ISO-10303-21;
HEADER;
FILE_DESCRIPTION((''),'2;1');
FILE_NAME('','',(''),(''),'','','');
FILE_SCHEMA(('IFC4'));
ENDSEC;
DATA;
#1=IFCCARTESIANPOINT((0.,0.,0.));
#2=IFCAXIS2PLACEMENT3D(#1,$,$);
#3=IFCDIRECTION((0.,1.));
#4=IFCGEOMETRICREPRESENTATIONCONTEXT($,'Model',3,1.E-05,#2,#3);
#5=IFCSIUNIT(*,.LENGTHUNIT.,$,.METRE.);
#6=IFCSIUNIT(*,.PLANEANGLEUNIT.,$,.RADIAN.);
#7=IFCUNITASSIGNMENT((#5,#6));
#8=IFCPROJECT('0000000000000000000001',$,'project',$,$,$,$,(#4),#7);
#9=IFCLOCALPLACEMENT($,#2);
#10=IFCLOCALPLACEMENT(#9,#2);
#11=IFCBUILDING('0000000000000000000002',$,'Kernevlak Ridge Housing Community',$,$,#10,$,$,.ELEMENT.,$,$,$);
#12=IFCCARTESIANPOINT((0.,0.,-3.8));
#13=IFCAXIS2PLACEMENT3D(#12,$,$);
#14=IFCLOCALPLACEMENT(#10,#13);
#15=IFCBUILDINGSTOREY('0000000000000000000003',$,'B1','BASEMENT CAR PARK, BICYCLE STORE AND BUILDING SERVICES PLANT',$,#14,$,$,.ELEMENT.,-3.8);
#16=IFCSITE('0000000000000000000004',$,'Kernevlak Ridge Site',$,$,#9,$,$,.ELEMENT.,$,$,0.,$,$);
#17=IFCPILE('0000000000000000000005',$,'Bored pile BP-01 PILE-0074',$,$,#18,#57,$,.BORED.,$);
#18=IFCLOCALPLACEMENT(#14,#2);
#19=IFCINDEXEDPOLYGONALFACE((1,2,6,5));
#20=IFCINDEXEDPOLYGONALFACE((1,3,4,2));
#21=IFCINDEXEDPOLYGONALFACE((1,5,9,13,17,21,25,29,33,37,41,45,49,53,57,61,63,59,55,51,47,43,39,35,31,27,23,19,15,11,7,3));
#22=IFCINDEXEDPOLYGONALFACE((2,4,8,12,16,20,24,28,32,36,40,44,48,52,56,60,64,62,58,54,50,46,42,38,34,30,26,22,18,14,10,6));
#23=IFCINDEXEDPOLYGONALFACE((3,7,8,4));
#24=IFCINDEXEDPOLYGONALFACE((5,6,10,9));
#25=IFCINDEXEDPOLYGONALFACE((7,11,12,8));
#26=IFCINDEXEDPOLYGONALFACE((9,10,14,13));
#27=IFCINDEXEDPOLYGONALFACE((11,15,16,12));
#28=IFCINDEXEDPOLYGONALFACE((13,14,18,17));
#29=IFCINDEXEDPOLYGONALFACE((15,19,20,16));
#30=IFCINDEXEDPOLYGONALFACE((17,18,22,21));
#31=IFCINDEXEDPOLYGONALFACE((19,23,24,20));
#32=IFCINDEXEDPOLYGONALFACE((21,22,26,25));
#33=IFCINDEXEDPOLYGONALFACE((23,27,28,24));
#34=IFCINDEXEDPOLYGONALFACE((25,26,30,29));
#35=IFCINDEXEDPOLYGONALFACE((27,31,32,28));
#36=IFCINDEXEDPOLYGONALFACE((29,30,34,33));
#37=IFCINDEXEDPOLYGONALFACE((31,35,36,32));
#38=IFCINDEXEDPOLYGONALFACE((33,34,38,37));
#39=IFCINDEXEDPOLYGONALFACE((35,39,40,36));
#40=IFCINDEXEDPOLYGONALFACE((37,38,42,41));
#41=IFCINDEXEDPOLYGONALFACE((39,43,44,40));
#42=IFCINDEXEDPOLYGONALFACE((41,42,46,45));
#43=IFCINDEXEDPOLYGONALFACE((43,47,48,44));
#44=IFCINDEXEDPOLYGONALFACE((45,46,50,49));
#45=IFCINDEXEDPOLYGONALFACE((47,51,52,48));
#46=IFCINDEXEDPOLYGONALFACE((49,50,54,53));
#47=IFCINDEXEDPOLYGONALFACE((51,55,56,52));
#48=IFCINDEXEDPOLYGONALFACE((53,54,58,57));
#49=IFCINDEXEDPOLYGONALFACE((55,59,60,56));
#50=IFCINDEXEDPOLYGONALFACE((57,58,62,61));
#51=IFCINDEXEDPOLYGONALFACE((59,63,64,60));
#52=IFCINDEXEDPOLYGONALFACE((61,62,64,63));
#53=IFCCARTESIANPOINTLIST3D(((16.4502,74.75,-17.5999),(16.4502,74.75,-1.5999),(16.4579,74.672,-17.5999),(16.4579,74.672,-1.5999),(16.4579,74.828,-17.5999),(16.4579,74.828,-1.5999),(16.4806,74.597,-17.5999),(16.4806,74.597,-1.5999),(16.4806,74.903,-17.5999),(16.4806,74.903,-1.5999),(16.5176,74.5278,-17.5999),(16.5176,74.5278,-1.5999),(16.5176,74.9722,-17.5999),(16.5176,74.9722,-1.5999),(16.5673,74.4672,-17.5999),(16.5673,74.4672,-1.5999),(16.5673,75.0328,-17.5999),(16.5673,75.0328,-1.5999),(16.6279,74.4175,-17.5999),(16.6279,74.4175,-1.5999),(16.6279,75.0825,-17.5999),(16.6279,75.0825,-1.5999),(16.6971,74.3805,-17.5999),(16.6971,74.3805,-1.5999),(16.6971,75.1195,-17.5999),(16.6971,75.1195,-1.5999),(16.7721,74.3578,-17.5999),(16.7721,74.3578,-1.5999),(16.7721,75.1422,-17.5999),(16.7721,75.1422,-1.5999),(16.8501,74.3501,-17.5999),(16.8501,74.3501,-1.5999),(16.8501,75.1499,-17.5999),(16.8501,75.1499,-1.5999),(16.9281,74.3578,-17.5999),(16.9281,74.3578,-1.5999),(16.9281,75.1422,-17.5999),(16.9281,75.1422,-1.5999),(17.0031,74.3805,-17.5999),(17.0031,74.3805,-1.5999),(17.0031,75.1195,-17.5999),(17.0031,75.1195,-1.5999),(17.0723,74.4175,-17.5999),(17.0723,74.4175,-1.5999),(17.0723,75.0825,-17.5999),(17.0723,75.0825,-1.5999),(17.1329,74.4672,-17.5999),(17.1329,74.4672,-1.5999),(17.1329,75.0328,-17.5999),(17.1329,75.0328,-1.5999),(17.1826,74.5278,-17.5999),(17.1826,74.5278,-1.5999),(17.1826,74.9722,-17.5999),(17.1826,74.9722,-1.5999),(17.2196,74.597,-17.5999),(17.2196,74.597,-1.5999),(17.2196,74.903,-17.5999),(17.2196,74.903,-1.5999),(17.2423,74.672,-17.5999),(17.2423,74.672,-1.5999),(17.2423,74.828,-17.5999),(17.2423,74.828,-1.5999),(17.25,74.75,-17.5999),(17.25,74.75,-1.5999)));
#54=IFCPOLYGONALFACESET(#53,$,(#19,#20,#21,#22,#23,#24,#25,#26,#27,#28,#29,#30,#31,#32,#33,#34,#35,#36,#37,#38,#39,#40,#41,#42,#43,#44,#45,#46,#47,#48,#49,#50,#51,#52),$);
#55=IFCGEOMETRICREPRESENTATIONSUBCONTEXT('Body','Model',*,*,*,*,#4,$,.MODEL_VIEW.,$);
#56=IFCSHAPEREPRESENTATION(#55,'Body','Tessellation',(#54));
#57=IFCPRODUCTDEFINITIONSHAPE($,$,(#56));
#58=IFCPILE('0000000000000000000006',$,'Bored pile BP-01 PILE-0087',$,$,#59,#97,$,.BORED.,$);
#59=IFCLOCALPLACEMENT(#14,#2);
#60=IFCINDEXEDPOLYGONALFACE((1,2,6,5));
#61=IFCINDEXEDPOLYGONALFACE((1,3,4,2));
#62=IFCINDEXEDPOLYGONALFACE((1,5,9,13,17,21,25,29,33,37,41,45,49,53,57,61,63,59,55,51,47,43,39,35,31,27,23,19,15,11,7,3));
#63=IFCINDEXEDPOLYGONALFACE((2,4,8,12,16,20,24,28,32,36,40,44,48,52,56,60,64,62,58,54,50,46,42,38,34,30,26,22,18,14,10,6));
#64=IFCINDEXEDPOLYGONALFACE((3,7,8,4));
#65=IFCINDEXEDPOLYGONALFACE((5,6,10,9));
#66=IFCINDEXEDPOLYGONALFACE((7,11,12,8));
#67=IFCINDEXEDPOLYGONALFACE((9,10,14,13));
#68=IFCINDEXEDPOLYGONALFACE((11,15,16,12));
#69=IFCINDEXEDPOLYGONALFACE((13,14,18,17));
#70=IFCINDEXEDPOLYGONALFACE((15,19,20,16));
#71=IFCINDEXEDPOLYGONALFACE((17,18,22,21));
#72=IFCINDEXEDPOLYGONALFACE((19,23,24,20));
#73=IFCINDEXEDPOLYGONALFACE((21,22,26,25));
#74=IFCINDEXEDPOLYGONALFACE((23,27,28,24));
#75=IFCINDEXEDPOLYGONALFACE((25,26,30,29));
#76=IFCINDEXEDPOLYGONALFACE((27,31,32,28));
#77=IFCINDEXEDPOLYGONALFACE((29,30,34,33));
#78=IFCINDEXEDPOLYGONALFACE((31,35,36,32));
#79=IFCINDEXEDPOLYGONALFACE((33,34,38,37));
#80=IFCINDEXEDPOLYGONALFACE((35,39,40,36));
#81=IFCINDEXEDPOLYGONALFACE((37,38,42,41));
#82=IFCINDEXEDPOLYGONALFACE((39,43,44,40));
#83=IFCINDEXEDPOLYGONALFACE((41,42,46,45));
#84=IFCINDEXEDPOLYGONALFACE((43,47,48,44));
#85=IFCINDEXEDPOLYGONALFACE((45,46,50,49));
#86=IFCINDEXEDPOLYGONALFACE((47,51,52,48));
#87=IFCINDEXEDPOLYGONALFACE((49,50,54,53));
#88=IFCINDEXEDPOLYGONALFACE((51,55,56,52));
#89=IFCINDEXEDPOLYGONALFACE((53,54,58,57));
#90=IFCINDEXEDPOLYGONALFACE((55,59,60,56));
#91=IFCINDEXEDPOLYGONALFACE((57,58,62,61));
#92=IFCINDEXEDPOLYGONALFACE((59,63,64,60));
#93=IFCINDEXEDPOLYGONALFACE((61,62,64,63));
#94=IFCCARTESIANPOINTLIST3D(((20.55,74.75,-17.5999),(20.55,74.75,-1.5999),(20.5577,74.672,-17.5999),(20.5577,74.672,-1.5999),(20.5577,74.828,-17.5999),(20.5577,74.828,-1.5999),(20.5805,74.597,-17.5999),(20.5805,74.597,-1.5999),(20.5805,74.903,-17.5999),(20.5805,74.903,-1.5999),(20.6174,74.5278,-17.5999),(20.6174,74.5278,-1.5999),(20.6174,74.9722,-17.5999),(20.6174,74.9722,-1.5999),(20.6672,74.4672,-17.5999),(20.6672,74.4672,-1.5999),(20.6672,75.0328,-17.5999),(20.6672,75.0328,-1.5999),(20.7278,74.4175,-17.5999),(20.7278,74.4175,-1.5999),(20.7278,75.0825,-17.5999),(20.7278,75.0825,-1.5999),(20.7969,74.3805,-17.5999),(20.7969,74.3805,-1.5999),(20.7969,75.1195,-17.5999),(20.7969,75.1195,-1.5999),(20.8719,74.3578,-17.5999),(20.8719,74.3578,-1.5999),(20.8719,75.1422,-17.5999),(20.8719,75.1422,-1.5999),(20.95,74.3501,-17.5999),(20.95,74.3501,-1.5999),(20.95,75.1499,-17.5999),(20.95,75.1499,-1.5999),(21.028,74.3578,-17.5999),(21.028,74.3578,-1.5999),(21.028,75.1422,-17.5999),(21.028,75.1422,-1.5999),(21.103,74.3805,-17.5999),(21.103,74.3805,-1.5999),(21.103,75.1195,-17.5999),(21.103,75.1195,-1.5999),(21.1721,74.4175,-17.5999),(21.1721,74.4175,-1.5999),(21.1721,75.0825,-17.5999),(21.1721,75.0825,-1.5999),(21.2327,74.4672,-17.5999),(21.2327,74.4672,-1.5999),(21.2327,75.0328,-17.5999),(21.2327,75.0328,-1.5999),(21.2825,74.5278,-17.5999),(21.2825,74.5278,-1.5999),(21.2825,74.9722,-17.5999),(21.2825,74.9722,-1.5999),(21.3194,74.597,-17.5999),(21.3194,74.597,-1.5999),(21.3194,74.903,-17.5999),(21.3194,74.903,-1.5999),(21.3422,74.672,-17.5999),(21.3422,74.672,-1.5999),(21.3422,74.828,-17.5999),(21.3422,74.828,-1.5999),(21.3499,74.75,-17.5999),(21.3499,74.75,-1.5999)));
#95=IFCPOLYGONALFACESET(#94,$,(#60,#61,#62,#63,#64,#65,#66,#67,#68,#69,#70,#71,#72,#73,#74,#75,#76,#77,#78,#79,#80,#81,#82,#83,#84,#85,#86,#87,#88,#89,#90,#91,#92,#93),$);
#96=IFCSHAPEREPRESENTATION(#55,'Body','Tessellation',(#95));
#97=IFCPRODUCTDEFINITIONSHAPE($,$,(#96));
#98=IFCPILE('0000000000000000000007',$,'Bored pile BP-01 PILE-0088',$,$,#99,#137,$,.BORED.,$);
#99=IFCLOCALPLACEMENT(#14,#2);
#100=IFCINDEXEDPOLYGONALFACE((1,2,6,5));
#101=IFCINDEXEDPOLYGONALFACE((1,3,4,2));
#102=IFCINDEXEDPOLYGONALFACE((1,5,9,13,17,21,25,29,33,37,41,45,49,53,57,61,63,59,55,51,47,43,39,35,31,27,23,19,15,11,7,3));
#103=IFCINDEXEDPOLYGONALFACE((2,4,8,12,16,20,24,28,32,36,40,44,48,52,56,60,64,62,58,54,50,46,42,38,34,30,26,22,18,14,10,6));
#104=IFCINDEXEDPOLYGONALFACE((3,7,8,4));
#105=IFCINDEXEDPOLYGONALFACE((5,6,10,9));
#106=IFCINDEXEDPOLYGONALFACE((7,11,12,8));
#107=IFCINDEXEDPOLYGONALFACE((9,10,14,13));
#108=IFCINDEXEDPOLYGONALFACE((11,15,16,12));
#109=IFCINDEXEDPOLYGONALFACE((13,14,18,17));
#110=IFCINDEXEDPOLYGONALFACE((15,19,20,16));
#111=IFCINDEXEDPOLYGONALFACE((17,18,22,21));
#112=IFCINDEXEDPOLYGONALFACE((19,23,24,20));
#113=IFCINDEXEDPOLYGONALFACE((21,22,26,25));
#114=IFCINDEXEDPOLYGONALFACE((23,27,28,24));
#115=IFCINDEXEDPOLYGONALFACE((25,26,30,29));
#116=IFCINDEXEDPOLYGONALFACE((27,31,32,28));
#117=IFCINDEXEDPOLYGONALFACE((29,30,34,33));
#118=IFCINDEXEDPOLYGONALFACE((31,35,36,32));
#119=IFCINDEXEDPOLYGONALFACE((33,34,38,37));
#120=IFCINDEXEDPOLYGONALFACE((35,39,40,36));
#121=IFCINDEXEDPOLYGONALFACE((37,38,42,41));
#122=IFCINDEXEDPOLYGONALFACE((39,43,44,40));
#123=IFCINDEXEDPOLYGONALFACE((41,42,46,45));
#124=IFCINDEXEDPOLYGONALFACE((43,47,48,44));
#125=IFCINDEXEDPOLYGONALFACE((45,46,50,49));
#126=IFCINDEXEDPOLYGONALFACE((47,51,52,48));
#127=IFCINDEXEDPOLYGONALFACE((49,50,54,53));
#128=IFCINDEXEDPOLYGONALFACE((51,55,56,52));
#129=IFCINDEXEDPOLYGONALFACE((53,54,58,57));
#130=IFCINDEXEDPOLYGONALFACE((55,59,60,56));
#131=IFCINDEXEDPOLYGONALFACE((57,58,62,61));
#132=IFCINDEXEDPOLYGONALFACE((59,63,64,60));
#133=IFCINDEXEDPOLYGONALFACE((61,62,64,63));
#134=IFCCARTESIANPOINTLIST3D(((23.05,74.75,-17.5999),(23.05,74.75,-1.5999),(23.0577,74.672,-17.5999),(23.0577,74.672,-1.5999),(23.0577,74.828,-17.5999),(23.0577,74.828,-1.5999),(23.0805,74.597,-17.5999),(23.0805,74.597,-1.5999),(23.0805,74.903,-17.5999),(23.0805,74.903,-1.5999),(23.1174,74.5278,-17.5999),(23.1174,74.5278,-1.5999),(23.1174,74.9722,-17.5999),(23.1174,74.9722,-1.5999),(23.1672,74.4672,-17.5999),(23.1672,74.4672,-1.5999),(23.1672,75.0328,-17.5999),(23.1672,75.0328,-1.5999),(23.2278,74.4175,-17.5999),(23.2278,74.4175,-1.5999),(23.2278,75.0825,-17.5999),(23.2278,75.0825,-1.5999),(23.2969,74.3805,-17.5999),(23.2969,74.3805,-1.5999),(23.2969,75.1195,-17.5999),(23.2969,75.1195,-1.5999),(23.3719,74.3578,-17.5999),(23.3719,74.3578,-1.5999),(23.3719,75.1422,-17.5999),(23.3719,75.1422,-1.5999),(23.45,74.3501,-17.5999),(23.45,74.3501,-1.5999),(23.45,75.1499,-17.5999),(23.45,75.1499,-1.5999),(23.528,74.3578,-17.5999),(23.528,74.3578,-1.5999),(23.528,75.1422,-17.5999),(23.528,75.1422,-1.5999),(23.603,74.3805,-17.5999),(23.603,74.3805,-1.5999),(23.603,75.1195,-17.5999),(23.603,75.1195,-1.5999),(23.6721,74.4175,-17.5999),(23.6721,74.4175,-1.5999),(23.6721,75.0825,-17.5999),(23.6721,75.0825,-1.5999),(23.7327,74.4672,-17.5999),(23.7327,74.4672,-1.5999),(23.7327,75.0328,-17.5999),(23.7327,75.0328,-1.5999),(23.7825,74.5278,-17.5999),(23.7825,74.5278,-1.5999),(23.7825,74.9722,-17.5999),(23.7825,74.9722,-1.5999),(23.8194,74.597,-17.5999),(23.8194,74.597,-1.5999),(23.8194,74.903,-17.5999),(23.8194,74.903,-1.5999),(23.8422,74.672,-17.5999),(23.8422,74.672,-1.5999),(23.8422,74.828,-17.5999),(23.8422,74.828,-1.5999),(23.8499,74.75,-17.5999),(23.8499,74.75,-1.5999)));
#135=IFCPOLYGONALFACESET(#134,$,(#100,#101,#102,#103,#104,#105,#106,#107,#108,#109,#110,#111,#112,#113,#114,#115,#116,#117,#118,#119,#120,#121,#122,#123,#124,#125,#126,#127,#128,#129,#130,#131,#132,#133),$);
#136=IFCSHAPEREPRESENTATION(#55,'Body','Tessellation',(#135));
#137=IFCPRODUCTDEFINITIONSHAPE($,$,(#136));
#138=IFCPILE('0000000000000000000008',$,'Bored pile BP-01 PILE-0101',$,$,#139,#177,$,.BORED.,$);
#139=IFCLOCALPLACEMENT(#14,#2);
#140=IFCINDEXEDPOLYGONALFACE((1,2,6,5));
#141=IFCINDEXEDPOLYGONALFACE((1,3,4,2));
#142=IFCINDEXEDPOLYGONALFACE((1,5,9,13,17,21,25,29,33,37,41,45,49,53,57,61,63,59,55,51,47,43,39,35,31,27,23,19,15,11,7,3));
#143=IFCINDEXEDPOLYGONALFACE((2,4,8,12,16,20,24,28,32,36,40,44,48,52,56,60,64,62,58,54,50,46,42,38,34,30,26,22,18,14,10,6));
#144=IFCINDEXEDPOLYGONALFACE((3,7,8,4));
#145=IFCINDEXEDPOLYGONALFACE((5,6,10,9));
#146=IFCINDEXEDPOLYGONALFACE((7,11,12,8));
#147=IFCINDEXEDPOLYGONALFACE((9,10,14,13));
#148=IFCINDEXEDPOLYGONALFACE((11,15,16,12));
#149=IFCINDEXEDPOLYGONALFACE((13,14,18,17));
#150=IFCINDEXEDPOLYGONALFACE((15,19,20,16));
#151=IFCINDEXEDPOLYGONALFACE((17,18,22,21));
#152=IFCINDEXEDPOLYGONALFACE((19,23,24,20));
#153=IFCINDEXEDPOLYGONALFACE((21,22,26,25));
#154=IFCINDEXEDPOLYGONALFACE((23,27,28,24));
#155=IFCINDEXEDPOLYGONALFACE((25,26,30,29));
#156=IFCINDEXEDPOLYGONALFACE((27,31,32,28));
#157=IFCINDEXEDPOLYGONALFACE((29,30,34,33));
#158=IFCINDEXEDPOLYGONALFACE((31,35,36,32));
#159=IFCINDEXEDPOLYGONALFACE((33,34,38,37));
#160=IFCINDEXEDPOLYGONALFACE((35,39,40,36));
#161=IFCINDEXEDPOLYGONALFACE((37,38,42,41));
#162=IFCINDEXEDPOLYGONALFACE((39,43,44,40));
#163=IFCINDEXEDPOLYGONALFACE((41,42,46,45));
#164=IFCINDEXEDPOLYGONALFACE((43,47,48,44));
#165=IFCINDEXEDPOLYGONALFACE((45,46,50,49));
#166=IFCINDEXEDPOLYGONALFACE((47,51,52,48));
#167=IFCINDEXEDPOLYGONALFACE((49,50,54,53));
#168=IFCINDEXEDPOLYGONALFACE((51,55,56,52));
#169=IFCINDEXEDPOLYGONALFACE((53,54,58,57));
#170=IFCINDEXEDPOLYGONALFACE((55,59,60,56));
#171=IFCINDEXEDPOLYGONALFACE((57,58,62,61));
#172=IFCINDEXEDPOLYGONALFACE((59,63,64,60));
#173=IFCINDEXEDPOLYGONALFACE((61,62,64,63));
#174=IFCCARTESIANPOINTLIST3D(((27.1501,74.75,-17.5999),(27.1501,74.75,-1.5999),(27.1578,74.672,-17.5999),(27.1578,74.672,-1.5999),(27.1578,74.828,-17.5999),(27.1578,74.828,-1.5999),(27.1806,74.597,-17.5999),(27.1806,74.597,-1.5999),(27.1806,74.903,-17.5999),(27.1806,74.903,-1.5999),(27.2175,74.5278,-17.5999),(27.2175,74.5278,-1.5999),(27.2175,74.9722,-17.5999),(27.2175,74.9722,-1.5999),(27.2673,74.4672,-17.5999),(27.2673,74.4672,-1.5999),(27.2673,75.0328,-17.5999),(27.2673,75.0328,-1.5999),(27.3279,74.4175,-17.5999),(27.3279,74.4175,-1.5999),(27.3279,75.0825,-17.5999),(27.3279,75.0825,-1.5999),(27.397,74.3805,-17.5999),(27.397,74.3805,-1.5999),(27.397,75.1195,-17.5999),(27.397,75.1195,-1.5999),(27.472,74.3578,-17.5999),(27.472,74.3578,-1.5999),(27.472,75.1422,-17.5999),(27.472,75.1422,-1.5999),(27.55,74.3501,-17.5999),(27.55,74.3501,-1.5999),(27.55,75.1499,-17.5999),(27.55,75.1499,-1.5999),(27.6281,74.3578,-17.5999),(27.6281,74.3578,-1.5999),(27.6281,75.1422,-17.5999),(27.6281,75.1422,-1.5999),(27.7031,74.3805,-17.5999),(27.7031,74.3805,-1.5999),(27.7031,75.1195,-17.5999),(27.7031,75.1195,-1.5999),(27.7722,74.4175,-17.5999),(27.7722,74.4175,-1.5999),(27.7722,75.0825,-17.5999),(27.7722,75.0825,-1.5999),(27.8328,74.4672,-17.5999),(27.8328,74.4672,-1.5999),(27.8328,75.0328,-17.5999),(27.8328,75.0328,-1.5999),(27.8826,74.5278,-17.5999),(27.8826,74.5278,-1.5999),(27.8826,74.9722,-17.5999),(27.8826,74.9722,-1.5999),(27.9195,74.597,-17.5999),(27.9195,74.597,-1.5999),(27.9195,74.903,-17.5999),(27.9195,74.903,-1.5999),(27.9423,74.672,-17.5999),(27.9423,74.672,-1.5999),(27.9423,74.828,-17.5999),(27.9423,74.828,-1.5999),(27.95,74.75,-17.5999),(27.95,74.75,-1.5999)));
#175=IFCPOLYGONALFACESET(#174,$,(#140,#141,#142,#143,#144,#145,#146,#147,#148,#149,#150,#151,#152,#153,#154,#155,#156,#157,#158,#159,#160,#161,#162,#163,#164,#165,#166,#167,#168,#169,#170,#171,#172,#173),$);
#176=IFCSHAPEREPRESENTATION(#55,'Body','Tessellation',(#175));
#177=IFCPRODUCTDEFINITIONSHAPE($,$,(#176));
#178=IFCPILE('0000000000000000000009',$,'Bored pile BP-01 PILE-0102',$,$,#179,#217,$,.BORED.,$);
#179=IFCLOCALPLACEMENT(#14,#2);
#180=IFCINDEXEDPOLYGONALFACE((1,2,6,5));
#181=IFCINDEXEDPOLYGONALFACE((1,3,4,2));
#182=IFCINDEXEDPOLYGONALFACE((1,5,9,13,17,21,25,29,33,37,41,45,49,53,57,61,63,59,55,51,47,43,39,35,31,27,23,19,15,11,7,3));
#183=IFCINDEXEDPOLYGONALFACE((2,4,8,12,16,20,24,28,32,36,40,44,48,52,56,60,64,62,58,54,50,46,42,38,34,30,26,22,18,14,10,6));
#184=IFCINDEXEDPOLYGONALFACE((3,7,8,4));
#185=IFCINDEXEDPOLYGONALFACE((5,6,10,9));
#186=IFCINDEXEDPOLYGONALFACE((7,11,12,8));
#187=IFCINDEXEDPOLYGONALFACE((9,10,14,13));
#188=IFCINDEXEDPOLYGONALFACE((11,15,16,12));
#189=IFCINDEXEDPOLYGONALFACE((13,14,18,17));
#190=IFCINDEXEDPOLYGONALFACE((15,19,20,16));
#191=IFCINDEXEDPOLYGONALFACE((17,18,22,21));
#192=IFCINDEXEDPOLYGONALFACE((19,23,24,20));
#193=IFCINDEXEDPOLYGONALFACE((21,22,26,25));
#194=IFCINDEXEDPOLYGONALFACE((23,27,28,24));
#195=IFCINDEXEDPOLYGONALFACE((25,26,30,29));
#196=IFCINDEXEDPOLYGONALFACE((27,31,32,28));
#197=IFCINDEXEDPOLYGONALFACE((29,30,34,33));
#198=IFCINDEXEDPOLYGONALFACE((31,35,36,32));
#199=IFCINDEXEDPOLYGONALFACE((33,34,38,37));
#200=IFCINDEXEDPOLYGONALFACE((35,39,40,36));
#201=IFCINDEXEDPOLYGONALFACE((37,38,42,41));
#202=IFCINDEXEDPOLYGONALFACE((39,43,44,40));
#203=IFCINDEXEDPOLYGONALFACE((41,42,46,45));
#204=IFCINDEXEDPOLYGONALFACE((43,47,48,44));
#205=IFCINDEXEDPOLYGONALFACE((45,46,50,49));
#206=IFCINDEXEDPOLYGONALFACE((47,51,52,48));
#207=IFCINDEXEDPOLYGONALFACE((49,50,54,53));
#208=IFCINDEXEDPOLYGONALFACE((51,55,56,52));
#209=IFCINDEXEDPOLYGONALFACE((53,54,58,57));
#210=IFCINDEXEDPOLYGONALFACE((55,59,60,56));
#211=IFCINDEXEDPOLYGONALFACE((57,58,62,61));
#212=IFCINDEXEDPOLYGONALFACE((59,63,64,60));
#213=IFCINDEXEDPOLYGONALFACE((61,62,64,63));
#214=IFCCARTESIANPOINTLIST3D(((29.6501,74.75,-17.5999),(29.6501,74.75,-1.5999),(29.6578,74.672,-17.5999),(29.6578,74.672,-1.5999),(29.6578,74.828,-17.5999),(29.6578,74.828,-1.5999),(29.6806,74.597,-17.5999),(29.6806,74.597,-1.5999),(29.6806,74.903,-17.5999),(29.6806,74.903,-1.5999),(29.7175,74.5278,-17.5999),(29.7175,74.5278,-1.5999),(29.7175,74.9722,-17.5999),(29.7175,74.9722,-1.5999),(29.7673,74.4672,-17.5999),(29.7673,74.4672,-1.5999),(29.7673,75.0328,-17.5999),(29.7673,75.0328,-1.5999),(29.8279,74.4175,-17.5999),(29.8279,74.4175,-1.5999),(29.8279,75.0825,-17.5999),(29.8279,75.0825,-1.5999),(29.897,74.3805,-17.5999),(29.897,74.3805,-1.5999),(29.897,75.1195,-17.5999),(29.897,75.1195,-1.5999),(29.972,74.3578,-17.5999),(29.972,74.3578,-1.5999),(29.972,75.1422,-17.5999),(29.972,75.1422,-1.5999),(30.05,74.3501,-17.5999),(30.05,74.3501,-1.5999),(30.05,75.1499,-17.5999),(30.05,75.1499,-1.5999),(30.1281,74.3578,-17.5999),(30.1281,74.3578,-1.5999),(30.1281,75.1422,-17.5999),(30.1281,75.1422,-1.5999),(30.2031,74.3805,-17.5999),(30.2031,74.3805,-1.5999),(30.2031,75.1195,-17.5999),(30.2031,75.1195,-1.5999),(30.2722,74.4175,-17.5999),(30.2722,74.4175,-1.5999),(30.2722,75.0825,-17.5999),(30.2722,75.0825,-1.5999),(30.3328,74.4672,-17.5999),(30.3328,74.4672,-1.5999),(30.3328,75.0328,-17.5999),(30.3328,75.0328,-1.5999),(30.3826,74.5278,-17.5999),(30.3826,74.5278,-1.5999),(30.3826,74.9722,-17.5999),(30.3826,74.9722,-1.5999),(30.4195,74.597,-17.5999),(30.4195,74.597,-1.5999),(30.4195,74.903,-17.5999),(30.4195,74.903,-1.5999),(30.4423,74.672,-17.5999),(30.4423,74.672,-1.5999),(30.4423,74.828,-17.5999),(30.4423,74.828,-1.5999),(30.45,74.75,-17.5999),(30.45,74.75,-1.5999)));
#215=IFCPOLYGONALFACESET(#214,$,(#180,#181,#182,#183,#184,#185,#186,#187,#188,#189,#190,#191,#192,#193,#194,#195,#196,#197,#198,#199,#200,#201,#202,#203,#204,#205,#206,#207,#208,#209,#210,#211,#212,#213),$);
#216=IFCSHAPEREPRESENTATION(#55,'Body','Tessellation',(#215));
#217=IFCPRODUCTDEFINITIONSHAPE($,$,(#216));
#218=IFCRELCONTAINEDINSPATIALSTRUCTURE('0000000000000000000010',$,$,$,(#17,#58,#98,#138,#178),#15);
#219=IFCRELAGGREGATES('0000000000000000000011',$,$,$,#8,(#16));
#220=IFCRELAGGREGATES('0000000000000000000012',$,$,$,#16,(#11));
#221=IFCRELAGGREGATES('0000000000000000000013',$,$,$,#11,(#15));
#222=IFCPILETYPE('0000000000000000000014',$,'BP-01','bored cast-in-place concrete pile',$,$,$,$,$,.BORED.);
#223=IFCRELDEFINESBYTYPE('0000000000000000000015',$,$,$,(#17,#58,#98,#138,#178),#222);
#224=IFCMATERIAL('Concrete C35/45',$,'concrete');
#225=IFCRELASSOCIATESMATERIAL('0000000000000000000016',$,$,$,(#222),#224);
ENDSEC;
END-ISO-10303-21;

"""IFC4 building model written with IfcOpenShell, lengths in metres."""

from ifc_helpers import new_model, si_unit, direction, frame, origin, origin_2d, place, context, subcontext, project, spatial, circle, extrude, material, material_profile, profile_set, type_object, element, save


model = new_model("IFC4")

# Units and contexts
model_context = context("Model", 3, precision=1e-05, world=origin(), true_north=direction((0.0, 1.0)))
body_context = subcontext(model_context, "Body", "Model", "MODEL_VIEW")
ifc_project = project(units=[si_unit("LENGTHUNIT", "METRE"), si_unit("PLANEANGLEUNIT", "RADIAN")], contexts=[model_context])

# Site, building, storey
site_placement = place(None, origin())
site = spatial("IfcSite", under=ifc_project, at=site_placement, Name="Kernevlak Ridge Site", CompositionType="ELEMENT", RefElevation=0.0)
building_placement = place(site_placement, origin())
building = spatial("IfcBuilding", under=site, at=building_placement, Name="Kernevlak Ridge Housing Community", CompositionType="ELEMENT")
storey_placement = place(building_placement, frame((0.0, 0.0, -3.8)))
storey = spatial("IfcBuildingStorey", under=building, at=storey_placement, Name="B1", Description="BASEMENT CAR PARK, BICYCLE STORE AND BUILDING SERVICES PLANT", CompositionType="ELEMENT", Elevation=-3.8)

# Piles
ifc_material_1 = material(Name="Concrete C35/45", Category="concrete")
ifc_material_profile_1 = material_profile(ifc_material_1, circle(Radius=0.3999, at=origin_2d()), Name="BORED PILE 800")
ifc_profile_set_1 = profile_set([ifc_material_profile_1], Name="Concrete C35/45")
pile_type = type_object("IfcPileType", Name="BP-01", Description="bored cast-in-place concrete pile", PredefinedType="BORED", material=ifc_profile_set_1)
for number, where, z_axis, x_axis, name in (
    (1, (16.8501, 74.75, -1.5999), (0.0, 0.0, -1.0), (1.0, 0.0, 0.0), "Bored pile BP-01 PILE-0074"),
    (2, (20.95, 74.75, -1.5999), (0.0, 0.0, -1.0), (1.0, 0.0, 0.0), "Bored pile BP-01 PILE-0087"),
    (3, (23.45, 74.75, -1.5999), (0.0, 0.0, -1.0), (1.0, 0.0, 0.0), "Bored pile BP-01 PILE-0088"),
    (4, (27.55, 74.75, -1.5999), (0.0, 0.0, -1.0), (1.0, 0.0, 0.0), "Bored pile BP-01 PILE-0101"),
    (5, (30.05, 74.75, -1.5999), (0.0, 0.0, -1.0), (1.0, 0.0, 0.0), "Bored pile BP-01 PILE-0102"),
):
    element("IfcPile", number, at=place(storey_placement, frame(where, z_axis=z_axis, x_axis=x_axis)), inside=storey, type_object=pile_type, Name=name, PredefinedType="BORED", context=body_context, shape_type="SweptSolid", body=[
        extrude(circle(Radius=0.3999, at=origin_2d()), origin(), (0.0, 0.0, 1.0), 16.0),
    ])

save(model, "model.ifc")
